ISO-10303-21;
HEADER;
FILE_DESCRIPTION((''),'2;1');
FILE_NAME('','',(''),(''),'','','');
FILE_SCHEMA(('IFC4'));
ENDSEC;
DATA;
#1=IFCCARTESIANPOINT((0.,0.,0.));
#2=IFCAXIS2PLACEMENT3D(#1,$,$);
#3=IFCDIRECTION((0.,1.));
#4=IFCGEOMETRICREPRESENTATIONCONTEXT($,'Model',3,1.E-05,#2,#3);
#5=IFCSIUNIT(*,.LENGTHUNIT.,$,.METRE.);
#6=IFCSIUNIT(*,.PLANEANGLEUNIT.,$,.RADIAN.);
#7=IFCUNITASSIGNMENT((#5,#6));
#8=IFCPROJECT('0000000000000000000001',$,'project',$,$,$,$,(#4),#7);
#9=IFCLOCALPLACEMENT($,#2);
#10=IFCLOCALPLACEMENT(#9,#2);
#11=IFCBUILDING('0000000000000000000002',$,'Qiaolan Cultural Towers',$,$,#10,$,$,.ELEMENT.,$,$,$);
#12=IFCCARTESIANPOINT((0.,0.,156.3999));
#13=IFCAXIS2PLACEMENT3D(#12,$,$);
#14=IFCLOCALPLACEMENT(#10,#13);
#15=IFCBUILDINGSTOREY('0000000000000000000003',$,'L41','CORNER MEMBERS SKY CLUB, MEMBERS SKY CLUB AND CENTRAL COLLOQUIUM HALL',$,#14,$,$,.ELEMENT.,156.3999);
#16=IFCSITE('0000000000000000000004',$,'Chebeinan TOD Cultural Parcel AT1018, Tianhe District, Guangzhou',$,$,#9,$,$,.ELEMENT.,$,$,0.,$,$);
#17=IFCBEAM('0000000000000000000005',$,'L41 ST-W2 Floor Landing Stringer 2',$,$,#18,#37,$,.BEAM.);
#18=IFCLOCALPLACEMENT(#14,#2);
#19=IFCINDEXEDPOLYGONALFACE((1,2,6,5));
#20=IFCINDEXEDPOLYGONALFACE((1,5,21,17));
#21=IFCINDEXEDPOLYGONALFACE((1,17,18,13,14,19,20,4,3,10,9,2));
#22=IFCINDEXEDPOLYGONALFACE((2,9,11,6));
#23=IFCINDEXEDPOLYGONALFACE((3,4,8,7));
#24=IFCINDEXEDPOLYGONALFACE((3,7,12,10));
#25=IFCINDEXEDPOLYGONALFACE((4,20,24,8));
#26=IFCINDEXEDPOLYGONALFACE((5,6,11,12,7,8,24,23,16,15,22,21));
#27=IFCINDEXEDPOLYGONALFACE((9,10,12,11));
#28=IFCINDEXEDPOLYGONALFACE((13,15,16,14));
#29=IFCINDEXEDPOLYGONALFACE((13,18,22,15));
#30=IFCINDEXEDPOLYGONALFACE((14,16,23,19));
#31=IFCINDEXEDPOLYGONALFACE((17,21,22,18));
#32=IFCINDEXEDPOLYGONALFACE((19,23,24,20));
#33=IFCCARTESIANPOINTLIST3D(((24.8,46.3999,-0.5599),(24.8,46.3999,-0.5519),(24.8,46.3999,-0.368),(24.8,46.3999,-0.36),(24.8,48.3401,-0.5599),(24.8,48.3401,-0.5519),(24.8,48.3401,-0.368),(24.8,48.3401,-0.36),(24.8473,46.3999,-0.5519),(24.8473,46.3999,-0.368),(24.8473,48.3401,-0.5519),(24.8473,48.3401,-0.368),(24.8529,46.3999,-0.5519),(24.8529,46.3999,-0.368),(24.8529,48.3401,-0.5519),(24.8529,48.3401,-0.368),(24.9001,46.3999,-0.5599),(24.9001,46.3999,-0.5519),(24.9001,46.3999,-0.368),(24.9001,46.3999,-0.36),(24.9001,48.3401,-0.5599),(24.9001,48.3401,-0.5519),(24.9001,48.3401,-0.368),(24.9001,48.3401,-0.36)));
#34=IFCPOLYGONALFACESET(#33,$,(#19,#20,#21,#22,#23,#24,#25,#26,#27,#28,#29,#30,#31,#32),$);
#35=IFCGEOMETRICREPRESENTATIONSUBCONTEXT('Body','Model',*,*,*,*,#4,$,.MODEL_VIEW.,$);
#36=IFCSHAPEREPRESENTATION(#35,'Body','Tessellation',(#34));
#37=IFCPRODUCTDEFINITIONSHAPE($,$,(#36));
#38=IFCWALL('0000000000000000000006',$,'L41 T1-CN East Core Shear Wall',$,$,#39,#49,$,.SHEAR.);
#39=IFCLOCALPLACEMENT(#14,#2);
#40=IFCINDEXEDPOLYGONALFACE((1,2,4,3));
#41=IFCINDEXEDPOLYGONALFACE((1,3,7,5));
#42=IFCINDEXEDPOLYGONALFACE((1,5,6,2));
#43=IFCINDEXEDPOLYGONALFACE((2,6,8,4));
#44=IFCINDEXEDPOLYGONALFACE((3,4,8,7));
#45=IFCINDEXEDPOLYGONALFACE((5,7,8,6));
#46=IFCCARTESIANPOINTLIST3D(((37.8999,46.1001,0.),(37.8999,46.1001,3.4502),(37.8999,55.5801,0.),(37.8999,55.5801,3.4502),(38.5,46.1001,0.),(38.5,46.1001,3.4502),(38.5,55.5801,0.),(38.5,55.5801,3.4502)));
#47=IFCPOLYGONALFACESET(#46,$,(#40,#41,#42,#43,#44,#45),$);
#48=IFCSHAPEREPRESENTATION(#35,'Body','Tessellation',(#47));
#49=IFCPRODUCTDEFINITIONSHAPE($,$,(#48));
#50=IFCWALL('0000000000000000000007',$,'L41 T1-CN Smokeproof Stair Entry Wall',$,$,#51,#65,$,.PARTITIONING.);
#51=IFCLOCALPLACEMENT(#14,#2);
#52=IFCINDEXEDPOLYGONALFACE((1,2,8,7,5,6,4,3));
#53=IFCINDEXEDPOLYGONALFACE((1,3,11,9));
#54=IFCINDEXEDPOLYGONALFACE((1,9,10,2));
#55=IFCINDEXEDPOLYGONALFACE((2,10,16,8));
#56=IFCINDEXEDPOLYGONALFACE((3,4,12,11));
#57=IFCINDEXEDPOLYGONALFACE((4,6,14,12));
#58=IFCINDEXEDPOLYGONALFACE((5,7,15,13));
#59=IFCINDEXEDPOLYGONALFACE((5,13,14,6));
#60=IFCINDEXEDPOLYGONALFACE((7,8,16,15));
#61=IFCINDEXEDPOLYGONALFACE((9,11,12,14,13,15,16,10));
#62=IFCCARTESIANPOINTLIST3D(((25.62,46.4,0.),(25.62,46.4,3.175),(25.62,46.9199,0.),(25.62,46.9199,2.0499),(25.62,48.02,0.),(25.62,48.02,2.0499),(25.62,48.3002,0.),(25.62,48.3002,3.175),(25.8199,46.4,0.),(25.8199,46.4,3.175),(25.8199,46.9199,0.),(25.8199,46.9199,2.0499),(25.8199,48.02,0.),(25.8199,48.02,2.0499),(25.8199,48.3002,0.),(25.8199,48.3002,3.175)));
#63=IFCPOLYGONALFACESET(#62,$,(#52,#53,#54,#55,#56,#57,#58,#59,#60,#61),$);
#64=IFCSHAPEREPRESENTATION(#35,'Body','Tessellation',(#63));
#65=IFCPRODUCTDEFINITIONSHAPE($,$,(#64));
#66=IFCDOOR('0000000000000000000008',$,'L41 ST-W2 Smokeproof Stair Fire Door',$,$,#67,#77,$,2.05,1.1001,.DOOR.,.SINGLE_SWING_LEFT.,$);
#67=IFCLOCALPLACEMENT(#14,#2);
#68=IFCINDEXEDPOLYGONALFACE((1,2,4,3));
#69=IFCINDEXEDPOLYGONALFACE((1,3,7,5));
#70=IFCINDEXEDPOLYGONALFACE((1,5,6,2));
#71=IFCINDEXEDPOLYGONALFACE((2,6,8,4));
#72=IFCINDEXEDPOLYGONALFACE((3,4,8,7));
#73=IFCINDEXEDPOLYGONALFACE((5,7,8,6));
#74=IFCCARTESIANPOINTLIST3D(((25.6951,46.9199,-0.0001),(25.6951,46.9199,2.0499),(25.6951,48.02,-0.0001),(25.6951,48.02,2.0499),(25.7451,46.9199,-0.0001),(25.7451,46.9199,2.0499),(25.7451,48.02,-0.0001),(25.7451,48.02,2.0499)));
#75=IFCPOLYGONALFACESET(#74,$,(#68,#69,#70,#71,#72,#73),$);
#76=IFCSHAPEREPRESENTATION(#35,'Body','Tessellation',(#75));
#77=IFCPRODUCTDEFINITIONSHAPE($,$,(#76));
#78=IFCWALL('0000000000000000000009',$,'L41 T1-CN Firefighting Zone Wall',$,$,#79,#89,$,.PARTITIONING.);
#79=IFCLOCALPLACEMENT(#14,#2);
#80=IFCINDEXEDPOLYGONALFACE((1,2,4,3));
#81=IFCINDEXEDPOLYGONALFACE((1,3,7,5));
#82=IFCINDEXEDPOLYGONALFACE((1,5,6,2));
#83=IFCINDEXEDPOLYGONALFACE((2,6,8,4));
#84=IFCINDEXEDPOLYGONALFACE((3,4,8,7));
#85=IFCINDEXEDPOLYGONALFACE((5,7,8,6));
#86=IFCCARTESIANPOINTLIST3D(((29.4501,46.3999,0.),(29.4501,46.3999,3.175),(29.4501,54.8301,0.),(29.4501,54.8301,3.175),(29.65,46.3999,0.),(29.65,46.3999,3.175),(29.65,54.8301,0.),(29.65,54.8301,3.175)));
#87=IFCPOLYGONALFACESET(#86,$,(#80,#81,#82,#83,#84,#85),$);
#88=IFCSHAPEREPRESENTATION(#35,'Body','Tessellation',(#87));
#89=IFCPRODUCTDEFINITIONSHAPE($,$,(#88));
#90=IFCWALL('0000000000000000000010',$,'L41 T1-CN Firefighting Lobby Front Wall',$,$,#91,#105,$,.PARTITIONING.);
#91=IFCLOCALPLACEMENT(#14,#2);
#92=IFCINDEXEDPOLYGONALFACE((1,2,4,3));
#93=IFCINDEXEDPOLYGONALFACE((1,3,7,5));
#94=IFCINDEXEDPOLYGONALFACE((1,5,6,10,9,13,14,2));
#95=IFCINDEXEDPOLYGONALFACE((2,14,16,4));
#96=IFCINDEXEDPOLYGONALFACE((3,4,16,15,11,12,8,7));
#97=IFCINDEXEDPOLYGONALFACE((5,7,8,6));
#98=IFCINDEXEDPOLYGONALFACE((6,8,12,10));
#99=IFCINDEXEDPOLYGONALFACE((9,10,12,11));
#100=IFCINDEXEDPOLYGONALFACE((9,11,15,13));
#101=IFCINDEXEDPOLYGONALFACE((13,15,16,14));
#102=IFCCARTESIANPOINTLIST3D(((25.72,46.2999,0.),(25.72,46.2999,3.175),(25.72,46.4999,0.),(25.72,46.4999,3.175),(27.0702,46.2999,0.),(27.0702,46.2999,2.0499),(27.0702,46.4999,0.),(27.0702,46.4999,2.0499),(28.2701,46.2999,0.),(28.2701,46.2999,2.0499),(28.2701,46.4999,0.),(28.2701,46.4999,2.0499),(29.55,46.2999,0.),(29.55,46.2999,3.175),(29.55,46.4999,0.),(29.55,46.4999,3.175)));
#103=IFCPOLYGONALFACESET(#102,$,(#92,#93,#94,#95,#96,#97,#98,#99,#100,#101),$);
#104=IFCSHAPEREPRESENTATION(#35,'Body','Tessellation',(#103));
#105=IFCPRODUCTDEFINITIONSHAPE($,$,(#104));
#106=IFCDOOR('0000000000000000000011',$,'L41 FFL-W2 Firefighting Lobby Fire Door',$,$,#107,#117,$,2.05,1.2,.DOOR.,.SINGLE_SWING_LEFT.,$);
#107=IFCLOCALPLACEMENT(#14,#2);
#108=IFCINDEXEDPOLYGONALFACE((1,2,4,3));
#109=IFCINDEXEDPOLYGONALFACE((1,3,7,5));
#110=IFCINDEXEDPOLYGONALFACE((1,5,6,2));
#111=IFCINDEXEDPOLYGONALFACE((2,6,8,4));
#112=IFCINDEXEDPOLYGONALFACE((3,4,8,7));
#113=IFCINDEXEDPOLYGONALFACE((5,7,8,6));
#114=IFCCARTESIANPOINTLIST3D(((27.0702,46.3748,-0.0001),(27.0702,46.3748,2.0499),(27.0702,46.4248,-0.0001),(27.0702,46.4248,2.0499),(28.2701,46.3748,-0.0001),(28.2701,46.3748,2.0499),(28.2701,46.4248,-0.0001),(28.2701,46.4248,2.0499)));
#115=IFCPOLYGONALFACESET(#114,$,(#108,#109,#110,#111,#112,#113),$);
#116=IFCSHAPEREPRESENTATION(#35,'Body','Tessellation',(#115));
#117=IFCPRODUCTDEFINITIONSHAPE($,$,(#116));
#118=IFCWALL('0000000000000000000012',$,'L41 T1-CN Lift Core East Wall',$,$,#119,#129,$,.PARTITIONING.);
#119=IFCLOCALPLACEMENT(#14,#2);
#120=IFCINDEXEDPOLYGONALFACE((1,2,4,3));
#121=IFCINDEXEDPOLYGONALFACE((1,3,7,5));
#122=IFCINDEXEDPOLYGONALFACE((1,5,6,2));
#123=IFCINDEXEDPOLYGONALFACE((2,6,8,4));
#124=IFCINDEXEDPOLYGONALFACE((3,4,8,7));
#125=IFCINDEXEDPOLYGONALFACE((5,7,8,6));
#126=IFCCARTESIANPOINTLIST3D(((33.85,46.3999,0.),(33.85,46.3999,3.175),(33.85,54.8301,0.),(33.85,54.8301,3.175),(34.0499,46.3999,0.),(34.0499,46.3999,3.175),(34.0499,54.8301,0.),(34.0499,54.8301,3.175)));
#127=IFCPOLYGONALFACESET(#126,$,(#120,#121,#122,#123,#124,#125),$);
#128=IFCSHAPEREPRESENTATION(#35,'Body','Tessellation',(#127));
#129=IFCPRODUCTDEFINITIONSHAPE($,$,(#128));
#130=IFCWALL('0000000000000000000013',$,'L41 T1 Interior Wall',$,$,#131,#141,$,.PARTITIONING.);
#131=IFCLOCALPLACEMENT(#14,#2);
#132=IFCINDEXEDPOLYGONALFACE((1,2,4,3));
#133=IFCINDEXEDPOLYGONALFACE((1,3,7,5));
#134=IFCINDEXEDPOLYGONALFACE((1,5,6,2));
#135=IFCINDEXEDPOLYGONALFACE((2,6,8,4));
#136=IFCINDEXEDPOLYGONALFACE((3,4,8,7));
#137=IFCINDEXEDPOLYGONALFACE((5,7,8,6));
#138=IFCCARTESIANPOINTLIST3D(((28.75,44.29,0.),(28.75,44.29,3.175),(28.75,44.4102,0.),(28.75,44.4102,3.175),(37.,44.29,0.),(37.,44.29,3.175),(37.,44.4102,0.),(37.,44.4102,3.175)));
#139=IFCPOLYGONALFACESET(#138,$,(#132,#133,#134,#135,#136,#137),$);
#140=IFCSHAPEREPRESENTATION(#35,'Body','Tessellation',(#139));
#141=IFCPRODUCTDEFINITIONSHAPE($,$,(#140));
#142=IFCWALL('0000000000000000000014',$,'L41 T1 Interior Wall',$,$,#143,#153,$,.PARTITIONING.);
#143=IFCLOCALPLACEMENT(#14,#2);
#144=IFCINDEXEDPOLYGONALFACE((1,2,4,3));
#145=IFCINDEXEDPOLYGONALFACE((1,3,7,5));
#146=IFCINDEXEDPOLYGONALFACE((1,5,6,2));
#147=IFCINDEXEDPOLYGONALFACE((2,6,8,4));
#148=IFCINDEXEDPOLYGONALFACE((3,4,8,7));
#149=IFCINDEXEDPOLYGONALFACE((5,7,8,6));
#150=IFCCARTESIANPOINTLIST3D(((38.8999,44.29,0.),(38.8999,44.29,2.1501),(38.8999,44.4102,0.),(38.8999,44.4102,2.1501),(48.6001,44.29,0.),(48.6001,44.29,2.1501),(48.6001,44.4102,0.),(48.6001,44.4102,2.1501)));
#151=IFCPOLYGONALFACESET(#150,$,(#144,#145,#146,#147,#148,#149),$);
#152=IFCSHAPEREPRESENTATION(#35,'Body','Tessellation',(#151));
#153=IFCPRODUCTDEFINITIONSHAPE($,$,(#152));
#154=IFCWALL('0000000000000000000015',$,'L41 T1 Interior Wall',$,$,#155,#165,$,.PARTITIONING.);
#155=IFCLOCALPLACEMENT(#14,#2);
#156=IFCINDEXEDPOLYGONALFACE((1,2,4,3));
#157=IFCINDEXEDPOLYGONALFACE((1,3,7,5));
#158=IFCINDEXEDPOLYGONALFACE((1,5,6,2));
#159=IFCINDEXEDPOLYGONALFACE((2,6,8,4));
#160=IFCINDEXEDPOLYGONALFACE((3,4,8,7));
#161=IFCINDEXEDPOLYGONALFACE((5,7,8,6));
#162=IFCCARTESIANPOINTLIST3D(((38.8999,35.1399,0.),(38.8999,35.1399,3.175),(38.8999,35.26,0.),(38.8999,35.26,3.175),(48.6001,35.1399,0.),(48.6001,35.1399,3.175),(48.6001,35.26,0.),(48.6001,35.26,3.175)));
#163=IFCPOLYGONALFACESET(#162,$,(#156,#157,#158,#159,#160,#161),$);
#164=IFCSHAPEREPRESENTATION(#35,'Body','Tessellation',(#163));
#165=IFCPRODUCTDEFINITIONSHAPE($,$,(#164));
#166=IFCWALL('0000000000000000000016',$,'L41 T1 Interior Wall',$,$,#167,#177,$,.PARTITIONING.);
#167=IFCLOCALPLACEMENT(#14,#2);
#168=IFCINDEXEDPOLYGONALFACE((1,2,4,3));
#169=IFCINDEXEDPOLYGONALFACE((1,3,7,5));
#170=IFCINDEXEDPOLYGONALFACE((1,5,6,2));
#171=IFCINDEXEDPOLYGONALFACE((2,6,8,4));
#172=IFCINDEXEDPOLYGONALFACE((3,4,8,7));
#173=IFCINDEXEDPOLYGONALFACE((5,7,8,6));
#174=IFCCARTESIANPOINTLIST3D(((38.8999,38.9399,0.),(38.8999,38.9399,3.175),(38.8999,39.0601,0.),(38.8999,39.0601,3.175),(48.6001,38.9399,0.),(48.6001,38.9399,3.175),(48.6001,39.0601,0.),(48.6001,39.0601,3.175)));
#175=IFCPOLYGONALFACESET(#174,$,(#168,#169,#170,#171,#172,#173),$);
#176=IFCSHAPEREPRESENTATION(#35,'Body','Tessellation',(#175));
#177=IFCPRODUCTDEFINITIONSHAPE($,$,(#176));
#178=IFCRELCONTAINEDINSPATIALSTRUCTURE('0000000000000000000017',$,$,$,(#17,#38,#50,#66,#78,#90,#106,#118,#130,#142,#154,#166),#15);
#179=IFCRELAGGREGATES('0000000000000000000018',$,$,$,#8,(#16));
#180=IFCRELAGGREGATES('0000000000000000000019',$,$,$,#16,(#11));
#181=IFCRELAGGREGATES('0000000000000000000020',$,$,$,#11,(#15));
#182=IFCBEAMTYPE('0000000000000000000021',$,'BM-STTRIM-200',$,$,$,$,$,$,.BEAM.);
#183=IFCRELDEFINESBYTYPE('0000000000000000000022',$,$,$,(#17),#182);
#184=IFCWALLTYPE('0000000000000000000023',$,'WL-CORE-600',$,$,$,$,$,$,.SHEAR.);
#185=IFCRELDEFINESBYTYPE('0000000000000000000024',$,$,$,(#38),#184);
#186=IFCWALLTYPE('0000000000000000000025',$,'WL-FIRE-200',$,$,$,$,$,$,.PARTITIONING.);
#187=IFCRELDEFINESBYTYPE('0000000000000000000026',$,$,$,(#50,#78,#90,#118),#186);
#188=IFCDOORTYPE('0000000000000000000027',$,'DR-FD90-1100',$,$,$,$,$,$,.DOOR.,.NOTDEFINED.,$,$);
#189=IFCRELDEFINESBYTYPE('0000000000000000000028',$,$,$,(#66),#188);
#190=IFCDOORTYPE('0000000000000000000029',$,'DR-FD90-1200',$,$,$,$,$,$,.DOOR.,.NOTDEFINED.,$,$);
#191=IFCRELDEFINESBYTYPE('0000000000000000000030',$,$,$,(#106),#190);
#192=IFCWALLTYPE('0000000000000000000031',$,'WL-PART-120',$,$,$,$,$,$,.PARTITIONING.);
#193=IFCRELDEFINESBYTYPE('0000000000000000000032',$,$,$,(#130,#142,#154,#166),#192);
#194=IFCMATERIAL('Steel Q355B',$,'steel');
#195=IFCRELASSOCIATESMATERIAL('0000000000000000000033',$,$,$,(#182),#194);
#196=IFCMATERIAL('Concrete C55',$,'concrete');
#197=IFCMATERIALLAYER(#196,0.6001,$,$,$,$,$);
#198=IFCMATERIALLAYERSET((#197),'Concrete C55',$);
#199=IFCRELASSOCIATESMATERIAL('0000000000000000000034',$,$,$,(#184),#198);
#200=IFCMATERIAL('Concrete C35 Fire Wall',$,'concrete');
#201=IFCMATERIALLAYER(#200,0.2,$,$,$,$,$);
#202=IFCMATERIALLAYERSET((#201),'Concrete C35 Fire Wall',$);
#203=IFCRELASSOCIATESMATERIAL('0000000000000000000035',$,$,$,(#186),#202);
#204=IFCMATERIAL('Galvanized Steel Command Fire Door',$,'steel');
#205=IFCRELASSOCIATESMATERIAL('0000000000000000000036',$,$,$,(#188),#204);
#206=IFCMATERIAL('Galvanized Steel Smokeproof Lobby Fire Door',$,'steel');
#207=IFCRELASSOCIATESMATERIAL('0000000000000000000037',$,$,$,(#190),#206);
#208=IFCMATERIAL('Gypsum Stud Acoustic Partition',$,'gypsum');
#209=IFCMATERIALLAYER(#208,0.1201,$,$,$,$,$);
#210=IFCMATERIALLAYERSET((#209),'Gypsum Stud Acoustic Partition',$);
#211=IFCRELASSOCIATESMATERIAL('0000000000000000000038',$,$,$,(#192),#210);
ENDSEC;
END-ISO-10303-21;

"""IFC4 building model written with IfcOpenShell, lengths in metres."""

from ifc_helpers import new_model, si_unit, direction, frame, frame_2d, origin, origin_2d, place, context, subcontext, project, spatial, rectangle, i_section, extrude, material, layer, layer_set, material_profile, profile_set, type_object, element, fill, save


model = new_model("IFC4")

# Units and contexts
model_context = context("Model", 3, precision=1e-05, world=origin(), true_north=direction((0.0, 1.0)))
body_context = subcontext(model_context, "Body", "Model", "MODEL_VIEW")
ifc_project = project(units=[si_unit("LENGTHUNIT", "METRE"), si_unit("PLANEANGLEUNIT", "RADIAN")], contexts=[model_context])

# Site, building, storey
site_placement = place(None, origin())
site = spatial("IfcSite", under=ifc_project, at=site_placement, Name="Chebeinan TOD Cultural Parcel AT1018, Tianhe District, Guangzhou", CompositionType="ELEMENT", RefElevation=0.0)
building_placement = place(site_placement, origin())
building = spatial("IfcBuilding", under=site, at=building_placement, Name="Qiaolan Cultural Towers", CompositionType="ELEMENT")
storey_placement = place(building_placement, frame((0.0, 0.0, 156.3999)))
storey = spatial("IfcBuildingStorey", under=building, at=storey_placement, Name="L41", Description="CORNER MEMBERS SKY CLUB, MEMBERS SKY CLUB AND CENTRAL COLLOQUIUM HALL", CompositionType="ELEMENT", Elevation=156.3999)

# Beam
ifc_material_1 = material(Name="Steel Q355B", Category="steel")
ifc_material_profile_1 = material_profile(ifc_material_1, i_section(OverallWidth=0.1001, OverallDepth=0.2, WebThickness=0.0056, FlangeThickness=0.0081, at=origin_2d()), Name="HN200x100x5.5x8")
ifc_profile_set_1 = profile_set([ifc_material_profile_1], Name="Steel Q355B")
beam_type_1 = type_object("IfcBeamType", Name="BM-STTRIM-200", PredefinedType="BEAM", material=ifc_profile_set_1)
beam_1_placement = place(storey_placement, frame((24.8501, 46.3999, -0.46), z_axis=(0.0, 1.0, 0.0), x_axis=(-1.0, 0.0, 0.0)))
element("IfcBeam", 1, at=beam_1_placement, inside=storey, type_object=beam_type_1, Name="L41 ST-W2 Floor Landing Stringer 2", PredefinedType="BEAM", context=body_context, shape_type="SweptSolid", body=[
    extrude(i_section(OverallWidth=0.1001, OverallDepth=0.2, WebThickness=0.0056, FlangeThickness=0.0081, at=origin_2d()), origin(), (0.0, 0.0, 1.0), 1.9402),
])

# Wall
ifc_material_2 = material(Name="Concrete C55", Category="concrete")
ifc_layer_1 = layer(ifc_material_2, 0.6001)
ifc_layer_set_1 = layer_set([ifc_layer_1], Name="Concrete C55")
wall_type_1 = type_object("IfcWallType", Name="WL-CORE-600", PredefinedType="SHEAR", material=ifc_layer_set_1)
wall_1_placement = place(storey_placement, frame((38.2, 46.1001, 0.0), z_axis=(0.0, 0.0, 1.0), x_axis=(0.0, 1.0, 0.0)))
element("IfcWall", 2, at=wall_1_placement, inside=storey, type_object=wall_type_1, Name="L41 T1-CN East Core Shear Wall", PredefinedType="SHEAR", context=body_context, shape_type="SweptSolid", body=[
    extrude(rectangle(XDim=9.48, YDim=0.6001, at=frame_2d((4.74, 0.0))), origin(), (0.0, 0.0, 1.0), 3.4502),
])

# Wall, opening, door
ifc_material_3 = material(Name="Concrete C35 Fire Wall", Category="concrete")
ifc_layer_2 = layer(ifc_material_3, 0.2)
ifc_layer_set_2 = layer_set([ifc_layer_2], Name="Concrete C35 Fire Wall")
wall_type_2 = type_object("IfcWallType", Name="WL-FIRE-200", PredefinedType="PARTITIONING", material=ifc_layer_set_2)
wall_2_placement = place(storey_placement, frame((25.72, 46.3999, 0.0), z_axis=(0.0, 0.0, 1.0), x_axis=(0.0, 1.0, 0.0)))
wall_2 = element("IfcWall", 3, at=wall_2_placement, inside=storey, type_object=wall_type_2, Name="L41 T1-CN Smokeproof Stair Entry Wall", PredefinedType="PARTITIONING", context=body_context, shape_type="SweptSolid", body=[
    extrude(rectangle(XDim=1.9001, YDim=0.2, at=frame_2d((0.9502, 0.0))), origin(), (0.0, 0.0, 1.0), 3.175),
])
opening_1_placement = place(wall_2_placement, frame((0.52, 0.0, 0.0)))
opening_1 = element("IfcOpeningElement", 4, at=opening_1_placement, cuts=wall_2, PredefinedType="OPENING", context=body_context, shape_type="SweptSolid", body=[
    extrude(rectangle(XDim=1.1001, YDim=2.05, at=frame_2d((0.55, 1.0249))), frame((0.0, 0.1099, 0.0), z_axis=(0.0, -1.0, 0.0), x_axis=(1.0, 0.0, 0.0)), (0.0, 0.0, 1.0), 0.22),
])
ifc_material_4 = material(Name="Galvanized Steel Command Fire Door", Category="steel")
door_type_1 = type_object("IfcDoorType", Name="DR-FD90-1100", OperationType="NOTDEFINED", PredefinedType="DOOR", material=ifc_material_4)
door_1_placement = place(opening_1_placement, origin())
door_1 = element("IfcDoor", 5, at=door_1_placement, inside=storey, type_object=door_type_1, Name="L41 ST-W2 Smokeproof Stair Fire Door", OperationType="SINGLE_SWING_LEFT", OverallHeight=2.05, OverallWidth=1.1001, PredefinedType="DOOR", context=body_context, shape_type="SweptSolid", body=[
    extrude(rectangle(XDim=1.1001, YDim=2.05, at=frame_2d((0.55, 1.0249))), frame((0.0, 0.0249, 0.0), z_axis=(0.0, -1.0, 0.0), x_axis=(1.0, 0.0, 0.0)), (0.0, 0.0, 1.0), 0.05),
])
fill(opening_1, door_1)

# Wall
wall_3_placement = place(storey_placement, frame((29.55, 46.3999, 0.0), z_axis=(0.0, 0.0, 1.0), x_axis=(0.0, 1.0, 0.0)))
element("IfcWall", 6, at=wall_3_placement, inside=storey, type_object=wall_type_2, Name="L41 T1-CN Firefighting Zone Wall", PredefinedType="PARTITIONING", context=body_context, shape_type="SweptSolid", body=[
    extrude(rectangle(XDim=8.4302, YDim=0.2, at=frame_2d((4.2151, 0.0))), origin(), (0.0, 0.0, 1.0), 3.175),
])

# Wall, opening, door
wall_4_placement = place(storey_placement, frame((25.72, 46.3999, 0.0), z_axis=(0.0, 0.0, 1.0), x_axis=(1.0, 0.0, 0.0)))
wall_4 = element("IfcWall", 7, at=wall_4_placement, inside=storey, type_object=wall_type_2, Name="L41 T1-CN Firefighting Lobby Front Wall", PredefinedType="PARTITIONING", context=body_context, shape_type="SweptSolid", body=[
    extrude(rectangle(XDim=3.8301, YDim=0.2, at=frame_2d((1.915, 0.0))), origin(), (0.0, 0.0, 1.0), 3.175),
])
opening_2_placement = place(wall_4_placement, frame((1.3501, 0.0, 0.0)))
opening_2 = element("IfcOpeningElement", 8, at=opening_2_placement, cuts=wall_4, PredefinedType="OPENING", context=body_context, shape_type="SweptSolid", body=[
    extrude(rectangle(XDim=1.2, YDim=2.05, at=frame_2d((0.6001, 1.0249))), frame((0.0, 0.1099, 0.0), z_axis=(0.0, -1.0, 0.0), x_axis=(1.0, 0.0, 0.0)), (0.0, 0.0, 1.0), 0.22),
])
ifc_material_5 = material(Name="Galvanized Steel Smokeproof Lobby Fire Door", Category="steel")
door_type_2 = type_object("IfcDoorType", Name="DR-FD90-1200", OperationType="NOTDEFINED", PredefinedType="DOOR", material=ifc_material_5)
door_2_placement = place(opening_2_placement, origin())
door_2 = element("IfcDoor", 9, at=door_2_placement, inside=storey, type_object=door_type_2, Name="L41 FFL-W2 Firefighting Lobby Fire Door", OperationType="SINGLE_SWING_LEFT", OverallHeight=2.05, OverallWidth=1.2, PredefinedType="DOOR", context=body_context, shape_type="SweptSolid", body=[
    extrude(rectangle(XDim=1.2, YDim=2.05, at=frame_2d((0.6001, 1.0249))), frame((0.0, 0.0249, 0.0), z_axis=(0.0, -1.0, 0.0), x_axis=(1.0, 0.0, 0.0)), (0.0, 0.0, 1.0), 0.05),
])
fill(opening_2, door_2)

# Walls
wall_5_placement = place(storey_placement, frame((33.95, 46.3999, 0.0), z_axis=(0.0, 0.0, 1.0), x_axis=(0.0, 1.0, 0.0)))
element("IfcWall", 10, at=wall_5_placement, inside=storey, type_object=wall_type_2, Name="L41 T1-CN Lift Core East Wall", PredefinedType="PARTITIONING", context=body_context, shape_type="SweptSolid", body=[
    extrude(rectangle(XDim=8.4302, YDim=0.2, at=frame_2d((4.2151, 0.0))), origin(), (0.0, 0.0, 1.0), 3.175),
])
ifc_material_6 = material(Name="Gypsum Stud Acoustic Partition", Category="gypsum")
ifc_layer_3 = layer(ifc_material_6, 0.1201)
ifc_layer_set_3 = layer_set([ifc_layer_3], Name="Gypsum Stud Acoustic Partition")
wall_type_3 = type_object("IfcWallType", Name="WL-PART-120", PredefinedType="PARTITIONING", material=ifc_layer_set_3)
wall_6_placement = place(storey_placement, frame((28.75, 44.3501, 0.0), z_axis=(0.0, 0.0, 1.0), x_axis=(1.0, 0.0, 0.0)))
element("IfcWall", 11, at=wall_6_placement, inside=storey, type_object=wall_type_3, Name="L41 T1 Interior Wall", PredefinedType="PARTITIONING", context=body_context, shape_type="SweptSolid", body=[
    extrude(rectangle(XDim=8.25, YDim=0.1201, at=frame_2d((4.125, 0.0))), origin(), (0.0, 0.0, 1.0), 3.175),
])
wall_7_placement = place(storey_placement, frame((38.8999, 44.3501, 0.0), z_axis=(0.0, 0.0, 1.0), x_axis=(1.0, 0.0, 0.0)))
element("IfcWall", 12, at=wall_7_placement, inside=storey, type_object=wall_type_3, Name="L41 T1 Interior Wall", PredefinedType="PARTITIONING", context=body_context, shape_type="SweptSolid", body=[
    extrude(rectangle(XDim=9.7002, YDim=0.1201, at=frame_2d((4.8501, 0.0))), origin(), (0.0, 0.0, 1.0), 2.1501),
])
for number, where, z_axis, x_axis, name in (
    (13, (38.8999, 35.2, 0.0), (0.0, 0.0, 1.0), (1.0, 0.0, 0.0), "L41 T1 Interior Wall"),
    (14, (38.8999, 39.0, 0.0), (0.0, 0.0, 1.0), (1.0, 0.0, 0.0), "L41 T1 Interior Wall"),
):
    element("IfcWall", number, at=place(storey_placement, frame(where, z_axis=z_axis, x_axis=x_axis)), inside=storey, type_object=wall_type_3, Name=name, PredefinedType="PARTITIONING", context=body_context, shape_type="SweptSolid", body=[
        extrude(rectangle(XDim=9.7002, YDim=0.1201, at=frame_2d((4.8501, 0.0))), origin(), (0.0, 0.0, 1.0), 3.175),
    ])

save(model, "model.ifc")
